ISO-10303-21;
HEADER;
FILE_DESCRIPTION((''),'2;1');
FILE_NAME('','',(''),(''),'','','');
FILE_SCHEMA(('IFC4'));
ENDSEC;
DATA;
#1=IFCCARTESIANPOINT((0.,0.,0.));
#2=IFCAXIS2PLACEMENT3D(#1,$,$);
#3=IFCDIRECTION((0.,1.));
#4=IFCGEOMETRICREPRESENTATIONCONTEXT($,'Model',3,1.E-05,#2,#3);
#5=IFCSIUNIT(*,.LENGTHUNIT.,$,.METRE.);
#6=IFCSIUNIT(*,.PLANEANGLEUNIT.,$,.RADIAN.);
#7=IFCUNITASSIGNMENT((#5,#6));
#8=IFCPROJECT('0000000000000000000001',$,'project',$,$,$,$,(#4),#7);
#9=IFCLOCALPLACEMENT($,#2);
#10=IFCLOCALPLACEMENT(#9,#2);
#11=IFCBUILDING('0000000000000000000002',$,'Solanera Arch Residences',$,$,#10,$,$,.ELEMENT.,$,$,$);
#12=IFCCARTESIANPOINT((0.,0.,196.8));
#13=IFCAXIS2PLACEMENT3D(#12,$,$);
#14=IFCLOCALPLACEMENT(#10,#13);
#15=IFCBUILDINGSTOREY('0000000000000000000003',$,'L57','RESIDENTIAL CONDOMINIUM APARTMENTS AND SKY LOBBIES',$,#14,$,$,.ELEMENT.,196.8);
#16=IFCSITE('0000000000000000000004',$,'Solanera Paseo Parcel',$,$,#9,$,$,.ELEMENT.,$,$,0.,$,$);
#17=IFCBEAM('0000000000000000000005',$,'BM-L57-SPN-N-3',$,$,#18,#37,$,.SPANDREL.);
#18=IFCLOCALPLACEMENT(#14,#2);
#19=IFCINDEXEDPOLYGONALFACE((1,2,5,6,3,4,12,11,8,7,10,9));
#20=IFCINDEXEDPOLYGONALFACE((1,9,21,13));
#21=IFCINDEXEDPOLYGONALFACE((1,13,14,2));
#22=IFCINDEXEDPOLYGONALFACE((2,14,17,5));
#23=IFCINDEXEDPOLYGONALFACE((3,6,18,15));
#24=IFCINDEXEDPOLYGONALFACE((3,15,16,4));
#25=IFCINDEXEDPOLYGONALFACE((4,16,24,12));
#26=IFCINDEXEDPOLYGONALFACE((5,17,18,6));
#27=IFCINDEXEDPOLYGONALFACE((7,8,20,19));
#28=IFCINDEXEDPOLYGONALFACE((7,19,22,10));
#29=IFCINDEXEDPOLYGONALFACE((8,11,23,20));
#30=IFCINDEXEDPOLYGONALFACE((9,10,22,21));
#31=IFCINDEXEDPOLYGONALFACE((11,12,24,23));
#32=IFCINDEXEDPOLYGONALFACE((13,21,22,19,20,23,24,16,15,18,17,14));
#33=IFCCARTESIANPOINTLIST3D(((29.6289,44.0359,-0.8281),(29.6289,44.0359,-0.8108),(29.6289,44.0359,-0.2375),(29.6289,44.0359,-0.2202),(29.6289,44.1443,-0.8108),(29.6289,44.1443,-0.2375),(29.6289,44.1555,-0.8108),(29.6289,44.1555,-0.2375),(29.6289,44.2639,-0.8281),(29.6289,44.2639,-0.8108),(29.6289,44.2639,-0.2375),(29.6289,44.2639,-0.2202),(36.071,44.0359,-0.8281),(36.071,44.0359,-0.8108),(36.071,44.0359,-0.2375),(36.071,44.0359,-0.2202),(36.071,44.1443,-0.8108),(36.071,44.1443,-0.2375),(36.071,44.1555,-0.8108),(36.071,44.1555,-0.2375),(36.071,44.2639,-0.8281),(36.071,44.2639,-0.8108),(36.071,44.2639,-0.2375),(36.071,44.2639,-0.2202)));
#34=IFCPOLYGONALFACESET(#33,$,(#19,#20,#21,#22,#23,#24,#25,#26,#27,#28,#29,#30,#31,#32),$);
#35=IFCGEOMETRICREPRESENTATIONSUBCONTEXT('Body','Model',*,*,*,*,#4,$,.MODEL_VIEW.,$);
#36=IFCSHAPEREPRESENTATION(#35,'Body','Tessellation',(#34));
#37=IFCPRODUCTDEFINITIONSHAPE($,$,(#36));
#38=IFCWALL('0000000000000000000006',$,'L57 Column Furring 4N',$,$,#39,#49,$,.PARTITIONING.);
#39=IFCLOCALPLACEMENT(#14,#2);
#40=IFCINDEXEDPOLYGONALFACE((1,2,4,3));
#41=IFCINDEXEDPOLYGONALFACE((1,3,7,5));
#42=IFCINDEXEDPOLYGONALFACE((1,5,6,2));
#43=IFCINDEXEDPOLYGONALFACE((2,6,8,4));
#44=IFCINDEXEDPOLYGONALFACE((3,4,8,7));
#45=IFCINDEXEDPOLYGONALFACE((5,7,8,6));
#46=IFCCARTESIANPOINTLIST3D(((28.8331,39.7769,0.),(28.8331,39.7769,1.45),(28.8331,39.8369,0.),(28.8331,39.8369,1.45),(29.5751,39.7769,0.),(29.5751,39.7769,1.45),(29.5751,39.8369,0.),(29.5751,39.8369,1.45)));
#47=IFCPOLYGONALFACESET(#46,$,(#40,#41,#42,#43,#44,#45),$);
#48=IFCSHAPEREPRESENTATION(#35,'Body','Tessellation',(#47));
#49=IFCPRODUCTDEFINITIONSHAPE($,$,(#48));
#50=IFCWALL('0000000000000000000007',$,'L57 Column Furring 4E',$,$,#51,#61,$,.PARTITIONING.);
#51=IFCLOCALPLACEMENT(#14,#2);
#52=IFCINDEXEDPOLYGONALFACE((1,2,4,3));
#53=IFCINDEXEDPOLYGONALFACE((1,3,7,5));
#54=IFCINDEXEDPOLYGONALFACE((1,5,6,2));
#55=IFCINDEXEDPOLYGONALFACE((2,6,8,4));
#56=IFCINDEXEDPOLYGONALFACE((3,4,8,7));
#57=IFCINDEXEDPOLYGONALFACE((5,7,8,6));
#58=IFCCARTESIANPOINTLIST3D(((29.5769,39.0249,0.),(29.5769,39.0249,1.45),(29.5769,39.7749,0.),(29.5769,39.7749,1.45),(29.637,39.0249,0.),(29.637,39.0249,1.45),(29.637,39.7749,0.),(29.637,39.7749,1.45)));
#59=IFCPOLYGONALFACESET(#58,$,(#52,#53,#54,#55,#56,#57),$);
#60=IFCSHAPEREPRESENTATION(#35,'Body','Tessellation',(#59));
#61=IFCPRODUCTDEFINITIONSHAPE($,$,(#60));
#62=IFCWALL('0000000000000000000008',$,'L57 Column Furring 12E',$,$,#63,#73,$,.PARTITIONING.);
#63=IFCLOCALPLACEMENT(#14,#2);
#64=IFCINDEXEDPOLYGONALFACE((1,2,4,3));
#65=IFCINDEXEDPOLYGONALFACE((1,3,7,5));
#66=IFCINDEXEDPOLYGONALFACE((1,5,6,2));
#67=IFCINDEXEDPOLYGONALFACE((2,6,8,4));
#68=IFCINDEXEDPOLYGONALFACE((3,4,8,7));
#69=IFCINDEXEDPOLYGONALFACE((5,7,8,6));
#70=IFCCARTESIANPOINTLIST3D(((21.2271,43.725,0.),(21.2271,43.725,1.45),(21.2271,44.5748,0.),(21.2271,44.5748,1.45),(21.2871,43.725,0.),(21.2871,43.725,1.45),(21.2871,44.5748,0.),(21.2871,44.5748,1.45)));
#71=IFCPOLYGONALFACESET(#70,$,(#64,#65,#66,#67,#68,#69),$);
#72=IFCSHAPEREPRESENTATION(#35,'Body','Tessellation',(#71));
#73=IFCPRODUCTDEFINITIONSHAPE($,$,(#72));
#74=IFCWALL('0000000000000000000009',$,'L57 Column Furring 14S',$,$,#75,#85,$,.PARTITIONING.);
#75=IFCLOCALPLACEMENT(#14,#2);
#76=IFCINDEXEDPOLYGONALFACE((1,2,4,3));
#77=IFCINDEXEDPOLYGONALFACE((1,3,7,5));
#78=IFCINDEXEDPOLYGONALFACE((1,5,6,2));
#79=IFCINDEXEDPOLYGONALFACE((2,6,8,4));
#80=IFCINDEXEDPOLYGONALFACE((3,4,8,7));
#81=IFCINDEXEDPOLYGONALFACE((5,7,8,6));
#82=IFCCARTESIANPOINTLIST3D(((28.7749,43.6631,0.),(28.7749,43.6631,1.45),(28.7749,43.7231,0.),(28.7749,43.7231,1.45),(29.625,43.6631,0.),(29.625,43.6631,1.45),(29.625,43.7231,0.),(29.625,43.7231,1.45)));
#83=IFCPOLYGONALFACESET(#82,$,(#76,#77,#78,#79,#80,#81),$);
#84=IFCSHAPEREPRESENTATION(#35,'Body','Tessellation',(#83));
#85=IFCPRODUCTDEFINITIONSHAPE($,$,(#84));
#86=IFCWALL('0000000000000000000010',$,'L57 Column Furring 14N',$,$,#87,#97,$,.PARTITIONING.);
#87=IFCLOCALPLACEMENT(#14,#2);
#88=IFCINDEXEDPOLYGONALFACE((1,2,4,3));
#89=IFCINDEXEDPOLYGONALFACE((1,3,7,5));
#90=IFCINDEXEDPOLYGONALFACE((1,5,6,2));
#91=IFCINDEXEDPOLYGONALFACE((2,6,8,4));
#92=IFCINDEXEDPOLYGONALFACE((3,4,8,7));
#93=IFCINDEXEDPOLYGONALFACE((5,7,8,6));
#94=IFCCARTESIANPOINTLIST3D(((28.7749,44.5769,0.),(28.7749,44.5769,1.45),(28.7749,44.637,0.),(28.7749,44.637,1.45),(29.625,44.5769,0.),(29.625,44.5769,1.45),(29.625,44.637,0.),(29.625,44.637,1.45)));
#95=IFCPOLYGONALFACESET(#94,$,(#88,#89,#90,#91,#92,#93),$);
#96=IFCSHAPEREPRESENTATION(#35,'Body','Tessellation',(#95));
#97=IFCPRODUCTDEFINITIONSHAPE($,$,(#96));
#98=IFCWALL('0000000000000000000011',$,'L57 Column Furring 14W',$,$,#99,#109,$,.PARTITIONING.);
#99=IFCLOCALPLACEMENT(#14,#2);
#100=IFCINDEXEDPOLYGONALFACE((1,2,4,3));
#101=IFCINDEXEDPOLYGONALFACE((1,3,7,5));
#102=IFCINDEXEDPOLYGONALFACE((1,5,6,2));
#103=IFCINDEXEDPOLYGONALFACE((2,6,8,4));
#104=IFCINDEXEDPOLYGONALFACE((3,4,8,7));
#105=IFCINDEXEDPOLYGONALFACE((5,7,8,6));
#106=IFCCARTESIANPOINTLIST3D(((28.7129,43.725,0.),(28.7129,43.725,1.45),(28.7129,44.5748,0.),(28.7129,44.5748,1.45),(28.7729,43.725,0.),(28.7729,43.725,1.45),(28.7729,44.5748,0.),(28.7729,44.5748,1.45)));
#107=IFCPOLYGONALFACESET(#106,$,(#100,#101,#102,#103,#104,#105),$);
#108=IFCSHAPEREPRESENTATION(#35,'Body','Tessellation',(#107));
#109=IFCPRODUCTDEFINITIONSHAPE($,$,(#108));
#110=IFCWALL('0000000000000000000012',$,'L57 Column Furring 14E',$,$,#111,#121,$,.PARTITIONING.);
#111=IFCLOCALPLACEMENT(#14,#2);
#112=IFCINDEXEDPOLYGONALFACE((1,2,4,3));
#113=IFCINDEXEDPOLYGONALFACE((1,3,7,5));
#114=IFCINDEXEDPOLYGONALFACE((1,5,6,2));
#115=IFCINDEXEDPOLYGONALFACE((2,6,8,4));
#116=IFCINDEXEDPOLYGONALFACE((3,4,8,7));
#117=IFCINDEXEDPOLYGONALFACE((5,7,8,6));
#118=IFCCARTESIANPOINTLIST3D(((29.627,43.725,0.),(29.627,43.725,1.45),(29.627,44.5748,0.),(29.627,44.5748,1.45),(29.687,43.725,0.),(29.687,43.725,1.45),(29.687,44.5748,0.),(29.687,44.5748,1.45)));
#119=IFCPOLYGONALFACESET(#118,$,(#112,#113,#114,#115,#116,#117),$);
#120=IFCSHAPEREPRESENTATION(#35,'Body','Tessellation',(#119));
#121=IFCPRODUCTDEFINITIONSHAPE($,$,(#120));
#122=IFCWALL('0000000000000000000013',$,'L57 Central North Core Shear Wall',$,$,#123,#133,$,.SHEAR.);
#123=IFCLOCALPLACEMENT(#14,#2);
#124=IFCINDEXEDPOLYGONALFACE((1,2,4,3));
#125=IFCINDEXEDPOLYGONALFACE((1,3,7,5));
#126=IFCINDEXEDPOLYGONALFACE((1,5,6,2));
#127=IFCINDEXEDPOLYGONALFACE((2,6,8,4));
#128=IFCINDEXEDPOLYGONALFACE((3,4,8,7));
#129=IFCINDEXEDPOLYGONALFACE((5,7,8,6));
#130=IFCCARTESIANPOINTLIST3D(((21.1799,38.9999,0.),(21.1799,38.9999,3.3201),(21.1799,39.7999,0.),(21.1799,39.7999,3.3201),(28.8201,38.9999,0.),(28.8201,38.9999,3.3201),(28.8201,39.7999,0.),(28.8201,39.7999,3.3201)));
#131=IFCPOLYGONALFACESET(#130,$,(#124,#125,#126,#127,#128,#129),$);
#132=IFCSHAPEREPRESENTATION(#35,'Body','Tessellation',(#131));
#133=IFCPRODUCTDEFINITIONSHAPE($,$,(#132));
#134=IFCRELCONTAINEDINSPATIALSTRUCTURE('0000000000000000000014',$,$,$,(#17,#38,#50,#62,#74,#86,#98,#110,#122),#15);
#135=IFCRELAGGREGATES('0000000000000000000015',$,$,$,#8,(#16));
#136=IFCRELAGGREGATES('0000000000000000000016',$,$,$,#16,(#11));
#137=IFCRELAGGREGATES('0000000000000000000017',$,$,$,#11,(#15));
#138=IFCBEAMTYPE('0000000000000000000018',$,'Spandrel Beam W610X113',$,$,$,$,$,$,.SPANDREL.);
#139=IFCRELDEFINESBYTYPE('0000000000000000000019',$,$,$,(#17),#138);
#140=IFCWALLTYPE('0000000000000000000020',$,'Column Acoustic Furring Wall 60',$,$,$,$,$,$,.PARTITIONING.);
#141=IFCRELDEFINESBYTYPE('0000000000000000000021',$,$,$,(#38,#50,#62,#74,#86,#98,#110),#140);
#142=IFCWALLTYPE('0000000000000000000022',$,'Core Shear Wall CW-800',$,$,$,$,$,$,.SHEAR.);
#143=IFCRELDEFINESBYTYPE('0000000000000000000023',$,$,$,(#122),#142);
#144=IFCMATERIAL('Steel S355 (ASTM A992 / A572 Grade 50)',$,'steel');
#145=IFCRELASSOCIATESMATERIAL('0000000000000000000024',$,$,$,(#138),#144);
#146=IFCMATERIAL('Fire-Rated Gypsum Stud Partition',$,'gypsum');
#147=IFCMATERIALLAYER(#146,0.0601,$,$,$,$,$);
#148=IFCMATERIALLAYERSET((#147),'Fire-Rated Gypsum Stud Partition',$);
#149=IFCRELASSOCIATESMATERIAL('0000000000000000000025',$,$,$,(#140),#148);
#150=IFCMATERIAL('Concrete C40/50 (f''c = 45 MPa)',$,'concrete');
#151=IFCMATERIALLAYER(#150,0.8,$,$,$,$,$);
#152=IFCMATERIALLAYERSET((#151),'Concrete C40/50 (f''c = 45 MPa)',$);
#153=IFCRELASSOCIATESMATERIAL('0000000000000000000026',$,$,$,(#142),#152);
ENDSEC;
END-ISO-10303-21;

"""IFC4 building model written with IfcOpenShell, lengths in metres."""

from ifc_helpers import new_model, si_unit, direction, frame, frame_2d, origin, origin_2d, place, context, subcontext, project, spatial, rectangle, i_section, extrude, material, layer, layer_set, material_profile, profile_set, type_object, element, save


model = new_model("IFC4")

# Units and contexts
model_context = context("Model", 3, precision=1e-05, world=origin(), true_north=direction((0.0, 1.0)))
body_context = subcontext(model_context, "Body", "Model", "MODEL_VIEW")
ifc_project = project(units=[si_unit("LENGTHUNIT", "METRE"), si_unit("PLANEANGLEUNIT", "RADIAN")], contexts=[model_context])

# Site, building, storey
site_placement = place(None, origin())
site = spatial("IfcSite", under=ifc_project, at=site_placement, Name="Solanera Paseo Parcel", CompositionType="ELEMENT", RefElevation=0.0)
building_placement = place(site_placement, origin())
building = spatial("IfcBuilding", under=site, at=building_placement, Name="Solanera Arch Residences", CompositionType="ELEMENT")
storey_placement = place(building_placement, frame((0.0, 0.0, 196.8)))
storey = spatial("IfcBuildingStorey", under=building, at=storey_placement, Name="L57", Description="RESIDENTIAL CONDOMINIUM APARTMENTS AND SKY LOBBIES", CompositionType="ELEMENT", Elevation=196.8)

# Beam
ifc_material_1 = material(Name="Steel S355 (ASTM A992 / A572 Grade 50)", Category="steel")
ifc_material_profile_1 = material_profile(ifc_material_1, i_section(OverallWidth=0.228, OverallDepth=0.6079, WebThickness=0.0112, FlangeThickness=0.0173, at=origin_2d()))
ifc_profile_set_1 = profile_set([ifc_material_profile_1], Name="Steel S355 (ASTM A992 / A572 Grade 50)")
beam_type_1 = type_object("IfcBeamType", Name="Spandrel Beam W610X113", PredefinedType="SPANDREL", material=ifc_profile_set_1)
beam_1_placement = place(storey_placement, frame((29.6289, 44.1499, -0.5242), z_axis=(1.0, 0.0, 0.0), x_axis=(0.0, 1.0, 0.0)))
element("IfcBeam", 1, at=beam_1_placement, inside=storey, type_object=beam_type_1, Name="BM-L57-SPN-N-3", PredefinedType="SPANDREL", context=body_context, shape_type="SweptSolid", body=[
    extrude(i_section(OverallWidth=0.228, OverallDepth=0.6079, WebThickness=0.0112, FlangeThickness=0.0173, at=origin_2d()), origin(), (0.0, 0.0, 1.0), 6.4421),
])

# Walls
ifc_material_2 = material(Name="Fire-Rated Gypsum Stud Partition", Category="gypsum")
ifc_layer_1 = layer(ifc_material_2, 0.0601)
ifc_layer_set_1 = layer_set([ifc_layer_1], Name="Fire-Rated Gypsum Stud Partition")
wall_type_1 = type_object("IfcWallType", Name="Column Acoustic Furring Wall 60", PredefinedType="PARTITIONING", material=ifc_layer_set_1)
wall_1_placement = place(storey_placement, frame((28.833, 39.8069, 0.0), z_axis=(0.0, 0.0, 1.0), x_axis=(1.0, 0.0, 0.0)))
element("IfcWall", 2, at=wall_1_placement, inside=storey, type_object=wall_type_1, Name="L57 Column Furring 4N", PredefinedType="PARTITIONING", context=body_context, shape_type="SweptSolid", body=[
    extrude(rectangle(XDim=0.7419, YDim=0.0601, at=frame_2d((0.3711, 0.0))), origin(), (0.0, 0.0, 1.0), 1.45),
])
wall_2_placement = place(storey_placement, frame((29.6069, 39.0249, 0.0), z_axis=(0.0, 0.0, 1.0), x_axis=(0.0, 1.0, 0.0)))
element("IfcWall", 3, at=wall_2_placement, inside=storey, type_object=wall_type_1, Name="L57 Column Furring 4E", PredefinedType="PARTITIONING", context=body_context, shape_type="SweptSolid", body=[
    extrude(rectangle(XDim=0.75, YDim=0.0601, at=frame_2d((0.375, 0.0))), origin(), (0.0, 0.0, 1.0), 1.45),
])
wall_3_placement = place(storey_placement, frame((21.2571, 43.7251, 0.0), z_axis=(0.0, 0.0, 1.0), x_axis=(0.0, 1.0, 0.0)))
element("IfcWall", 4, at=wall_3_placement, inside=storey, type_object=wall_type_1, Name="L57 Column Furring 12E", PredefinedType="PARTITIONING", context=body_context, shape_type="SweptSolid", body=[
    extrude(rectangle(XDim=0.8499, YDim=0.0601, at=frame_2d((0.4248, 0.0))), origin(), (0.0, 0.0, 1.0), 1.45),
])
for number, where, z_axis, x_axis, name in (
    (5, (28.7749, 43.6931, 0.0), (0.0, 0.0, 1.0), (1.0, 0.0, 0.0), "L57 Column Furring 14S"),
    (6, (28.7749, 44.6069, 0.0), (0.0, 0.0, 1.0), (1.0, 0.0, 0.0), "L57 Column Furring 14N"),
):
    element("IfcWall", number, at=place(storey_placement, frame(where, z_axis=z_axis, x_axis=x_axis)), inside=storey, type_object=wall_type_1, Name=name, PredefinedType="PARTITIONING", context=body_context, shape_type="SweptSolid", body=[
        extrude(rectangle(XDim=0.8501, YDim=0.0601, at=frame_2d((0.425, 0.0))), origin(), (0.0, 0.0, 1.0), 1.45),
    ])
for number, where, z_axis, x_axis, name in (
    (7, (28.7429, 43.7251, 0.0), (0.0, 0.0, 1.0), (0.0, 1.0, 0.0), "L57 Column Furring 14W"),
    (8, (29.657, 43.7251, 0.0), (0.0, 0.0, 1.0), (0.0, 1.0, 0.0), "L57 Column Furring 14E"),
):
    element("IfcWall", number, at=place(storey_placement, frame(where, z_axis=z_axis, x_axis=x_axis)), inside=storey, type_object=wall_type_1, Name=name, PredefinedType="PARTITIONING", context=body_context, shape_type="SweptSolid", body=[
        extrude(rectangle(XDim=0.8499, YDim=0.0601, at=frame_2d((0.4248, 0.0))), origin(), (0.0, 0.0, 1.0), 1.45),
    ])
ifc_material_3 = material(Name="Concrete C40/50 (f'c = 45 MPa)", Category="concrete")
ifc_layer_2 = layer(ifc_material_3, 0.8)
ifc_layer_set_2 = layer_set([ifc_layer_2], Name="Concrete C40/50 (f'c = 45 MPa)")
wall_type_2 = type_object("IfcWallType", Name="Core Shear Wall CW-800", PredefinedType="SHEAR", material=ifc_layer_set_2)
wall_4_placement = place(storey_placement, frame((21.1799, 39.3999, 0.0), z_axis=(0.0, 0.0, 1.0), x_axis=(1.0, 0.0, 0.0)))
element("IfcWall", 9, at=wall_4_placement, inside=storey, type_object=wall_type_2, Name="L57 Central North Core Shear Wall", PredefinedType="SHEAR", context=body_context, shape_type="SweptSolid", body=[
    extrude(rectangle(XDim=7.6401, YDim=0.8, at=frame_2d((3.8201, 0.0))), origin(), (0.0, 0.0, 1.0), 3.3201),
])

save(model, "model.ifc")
